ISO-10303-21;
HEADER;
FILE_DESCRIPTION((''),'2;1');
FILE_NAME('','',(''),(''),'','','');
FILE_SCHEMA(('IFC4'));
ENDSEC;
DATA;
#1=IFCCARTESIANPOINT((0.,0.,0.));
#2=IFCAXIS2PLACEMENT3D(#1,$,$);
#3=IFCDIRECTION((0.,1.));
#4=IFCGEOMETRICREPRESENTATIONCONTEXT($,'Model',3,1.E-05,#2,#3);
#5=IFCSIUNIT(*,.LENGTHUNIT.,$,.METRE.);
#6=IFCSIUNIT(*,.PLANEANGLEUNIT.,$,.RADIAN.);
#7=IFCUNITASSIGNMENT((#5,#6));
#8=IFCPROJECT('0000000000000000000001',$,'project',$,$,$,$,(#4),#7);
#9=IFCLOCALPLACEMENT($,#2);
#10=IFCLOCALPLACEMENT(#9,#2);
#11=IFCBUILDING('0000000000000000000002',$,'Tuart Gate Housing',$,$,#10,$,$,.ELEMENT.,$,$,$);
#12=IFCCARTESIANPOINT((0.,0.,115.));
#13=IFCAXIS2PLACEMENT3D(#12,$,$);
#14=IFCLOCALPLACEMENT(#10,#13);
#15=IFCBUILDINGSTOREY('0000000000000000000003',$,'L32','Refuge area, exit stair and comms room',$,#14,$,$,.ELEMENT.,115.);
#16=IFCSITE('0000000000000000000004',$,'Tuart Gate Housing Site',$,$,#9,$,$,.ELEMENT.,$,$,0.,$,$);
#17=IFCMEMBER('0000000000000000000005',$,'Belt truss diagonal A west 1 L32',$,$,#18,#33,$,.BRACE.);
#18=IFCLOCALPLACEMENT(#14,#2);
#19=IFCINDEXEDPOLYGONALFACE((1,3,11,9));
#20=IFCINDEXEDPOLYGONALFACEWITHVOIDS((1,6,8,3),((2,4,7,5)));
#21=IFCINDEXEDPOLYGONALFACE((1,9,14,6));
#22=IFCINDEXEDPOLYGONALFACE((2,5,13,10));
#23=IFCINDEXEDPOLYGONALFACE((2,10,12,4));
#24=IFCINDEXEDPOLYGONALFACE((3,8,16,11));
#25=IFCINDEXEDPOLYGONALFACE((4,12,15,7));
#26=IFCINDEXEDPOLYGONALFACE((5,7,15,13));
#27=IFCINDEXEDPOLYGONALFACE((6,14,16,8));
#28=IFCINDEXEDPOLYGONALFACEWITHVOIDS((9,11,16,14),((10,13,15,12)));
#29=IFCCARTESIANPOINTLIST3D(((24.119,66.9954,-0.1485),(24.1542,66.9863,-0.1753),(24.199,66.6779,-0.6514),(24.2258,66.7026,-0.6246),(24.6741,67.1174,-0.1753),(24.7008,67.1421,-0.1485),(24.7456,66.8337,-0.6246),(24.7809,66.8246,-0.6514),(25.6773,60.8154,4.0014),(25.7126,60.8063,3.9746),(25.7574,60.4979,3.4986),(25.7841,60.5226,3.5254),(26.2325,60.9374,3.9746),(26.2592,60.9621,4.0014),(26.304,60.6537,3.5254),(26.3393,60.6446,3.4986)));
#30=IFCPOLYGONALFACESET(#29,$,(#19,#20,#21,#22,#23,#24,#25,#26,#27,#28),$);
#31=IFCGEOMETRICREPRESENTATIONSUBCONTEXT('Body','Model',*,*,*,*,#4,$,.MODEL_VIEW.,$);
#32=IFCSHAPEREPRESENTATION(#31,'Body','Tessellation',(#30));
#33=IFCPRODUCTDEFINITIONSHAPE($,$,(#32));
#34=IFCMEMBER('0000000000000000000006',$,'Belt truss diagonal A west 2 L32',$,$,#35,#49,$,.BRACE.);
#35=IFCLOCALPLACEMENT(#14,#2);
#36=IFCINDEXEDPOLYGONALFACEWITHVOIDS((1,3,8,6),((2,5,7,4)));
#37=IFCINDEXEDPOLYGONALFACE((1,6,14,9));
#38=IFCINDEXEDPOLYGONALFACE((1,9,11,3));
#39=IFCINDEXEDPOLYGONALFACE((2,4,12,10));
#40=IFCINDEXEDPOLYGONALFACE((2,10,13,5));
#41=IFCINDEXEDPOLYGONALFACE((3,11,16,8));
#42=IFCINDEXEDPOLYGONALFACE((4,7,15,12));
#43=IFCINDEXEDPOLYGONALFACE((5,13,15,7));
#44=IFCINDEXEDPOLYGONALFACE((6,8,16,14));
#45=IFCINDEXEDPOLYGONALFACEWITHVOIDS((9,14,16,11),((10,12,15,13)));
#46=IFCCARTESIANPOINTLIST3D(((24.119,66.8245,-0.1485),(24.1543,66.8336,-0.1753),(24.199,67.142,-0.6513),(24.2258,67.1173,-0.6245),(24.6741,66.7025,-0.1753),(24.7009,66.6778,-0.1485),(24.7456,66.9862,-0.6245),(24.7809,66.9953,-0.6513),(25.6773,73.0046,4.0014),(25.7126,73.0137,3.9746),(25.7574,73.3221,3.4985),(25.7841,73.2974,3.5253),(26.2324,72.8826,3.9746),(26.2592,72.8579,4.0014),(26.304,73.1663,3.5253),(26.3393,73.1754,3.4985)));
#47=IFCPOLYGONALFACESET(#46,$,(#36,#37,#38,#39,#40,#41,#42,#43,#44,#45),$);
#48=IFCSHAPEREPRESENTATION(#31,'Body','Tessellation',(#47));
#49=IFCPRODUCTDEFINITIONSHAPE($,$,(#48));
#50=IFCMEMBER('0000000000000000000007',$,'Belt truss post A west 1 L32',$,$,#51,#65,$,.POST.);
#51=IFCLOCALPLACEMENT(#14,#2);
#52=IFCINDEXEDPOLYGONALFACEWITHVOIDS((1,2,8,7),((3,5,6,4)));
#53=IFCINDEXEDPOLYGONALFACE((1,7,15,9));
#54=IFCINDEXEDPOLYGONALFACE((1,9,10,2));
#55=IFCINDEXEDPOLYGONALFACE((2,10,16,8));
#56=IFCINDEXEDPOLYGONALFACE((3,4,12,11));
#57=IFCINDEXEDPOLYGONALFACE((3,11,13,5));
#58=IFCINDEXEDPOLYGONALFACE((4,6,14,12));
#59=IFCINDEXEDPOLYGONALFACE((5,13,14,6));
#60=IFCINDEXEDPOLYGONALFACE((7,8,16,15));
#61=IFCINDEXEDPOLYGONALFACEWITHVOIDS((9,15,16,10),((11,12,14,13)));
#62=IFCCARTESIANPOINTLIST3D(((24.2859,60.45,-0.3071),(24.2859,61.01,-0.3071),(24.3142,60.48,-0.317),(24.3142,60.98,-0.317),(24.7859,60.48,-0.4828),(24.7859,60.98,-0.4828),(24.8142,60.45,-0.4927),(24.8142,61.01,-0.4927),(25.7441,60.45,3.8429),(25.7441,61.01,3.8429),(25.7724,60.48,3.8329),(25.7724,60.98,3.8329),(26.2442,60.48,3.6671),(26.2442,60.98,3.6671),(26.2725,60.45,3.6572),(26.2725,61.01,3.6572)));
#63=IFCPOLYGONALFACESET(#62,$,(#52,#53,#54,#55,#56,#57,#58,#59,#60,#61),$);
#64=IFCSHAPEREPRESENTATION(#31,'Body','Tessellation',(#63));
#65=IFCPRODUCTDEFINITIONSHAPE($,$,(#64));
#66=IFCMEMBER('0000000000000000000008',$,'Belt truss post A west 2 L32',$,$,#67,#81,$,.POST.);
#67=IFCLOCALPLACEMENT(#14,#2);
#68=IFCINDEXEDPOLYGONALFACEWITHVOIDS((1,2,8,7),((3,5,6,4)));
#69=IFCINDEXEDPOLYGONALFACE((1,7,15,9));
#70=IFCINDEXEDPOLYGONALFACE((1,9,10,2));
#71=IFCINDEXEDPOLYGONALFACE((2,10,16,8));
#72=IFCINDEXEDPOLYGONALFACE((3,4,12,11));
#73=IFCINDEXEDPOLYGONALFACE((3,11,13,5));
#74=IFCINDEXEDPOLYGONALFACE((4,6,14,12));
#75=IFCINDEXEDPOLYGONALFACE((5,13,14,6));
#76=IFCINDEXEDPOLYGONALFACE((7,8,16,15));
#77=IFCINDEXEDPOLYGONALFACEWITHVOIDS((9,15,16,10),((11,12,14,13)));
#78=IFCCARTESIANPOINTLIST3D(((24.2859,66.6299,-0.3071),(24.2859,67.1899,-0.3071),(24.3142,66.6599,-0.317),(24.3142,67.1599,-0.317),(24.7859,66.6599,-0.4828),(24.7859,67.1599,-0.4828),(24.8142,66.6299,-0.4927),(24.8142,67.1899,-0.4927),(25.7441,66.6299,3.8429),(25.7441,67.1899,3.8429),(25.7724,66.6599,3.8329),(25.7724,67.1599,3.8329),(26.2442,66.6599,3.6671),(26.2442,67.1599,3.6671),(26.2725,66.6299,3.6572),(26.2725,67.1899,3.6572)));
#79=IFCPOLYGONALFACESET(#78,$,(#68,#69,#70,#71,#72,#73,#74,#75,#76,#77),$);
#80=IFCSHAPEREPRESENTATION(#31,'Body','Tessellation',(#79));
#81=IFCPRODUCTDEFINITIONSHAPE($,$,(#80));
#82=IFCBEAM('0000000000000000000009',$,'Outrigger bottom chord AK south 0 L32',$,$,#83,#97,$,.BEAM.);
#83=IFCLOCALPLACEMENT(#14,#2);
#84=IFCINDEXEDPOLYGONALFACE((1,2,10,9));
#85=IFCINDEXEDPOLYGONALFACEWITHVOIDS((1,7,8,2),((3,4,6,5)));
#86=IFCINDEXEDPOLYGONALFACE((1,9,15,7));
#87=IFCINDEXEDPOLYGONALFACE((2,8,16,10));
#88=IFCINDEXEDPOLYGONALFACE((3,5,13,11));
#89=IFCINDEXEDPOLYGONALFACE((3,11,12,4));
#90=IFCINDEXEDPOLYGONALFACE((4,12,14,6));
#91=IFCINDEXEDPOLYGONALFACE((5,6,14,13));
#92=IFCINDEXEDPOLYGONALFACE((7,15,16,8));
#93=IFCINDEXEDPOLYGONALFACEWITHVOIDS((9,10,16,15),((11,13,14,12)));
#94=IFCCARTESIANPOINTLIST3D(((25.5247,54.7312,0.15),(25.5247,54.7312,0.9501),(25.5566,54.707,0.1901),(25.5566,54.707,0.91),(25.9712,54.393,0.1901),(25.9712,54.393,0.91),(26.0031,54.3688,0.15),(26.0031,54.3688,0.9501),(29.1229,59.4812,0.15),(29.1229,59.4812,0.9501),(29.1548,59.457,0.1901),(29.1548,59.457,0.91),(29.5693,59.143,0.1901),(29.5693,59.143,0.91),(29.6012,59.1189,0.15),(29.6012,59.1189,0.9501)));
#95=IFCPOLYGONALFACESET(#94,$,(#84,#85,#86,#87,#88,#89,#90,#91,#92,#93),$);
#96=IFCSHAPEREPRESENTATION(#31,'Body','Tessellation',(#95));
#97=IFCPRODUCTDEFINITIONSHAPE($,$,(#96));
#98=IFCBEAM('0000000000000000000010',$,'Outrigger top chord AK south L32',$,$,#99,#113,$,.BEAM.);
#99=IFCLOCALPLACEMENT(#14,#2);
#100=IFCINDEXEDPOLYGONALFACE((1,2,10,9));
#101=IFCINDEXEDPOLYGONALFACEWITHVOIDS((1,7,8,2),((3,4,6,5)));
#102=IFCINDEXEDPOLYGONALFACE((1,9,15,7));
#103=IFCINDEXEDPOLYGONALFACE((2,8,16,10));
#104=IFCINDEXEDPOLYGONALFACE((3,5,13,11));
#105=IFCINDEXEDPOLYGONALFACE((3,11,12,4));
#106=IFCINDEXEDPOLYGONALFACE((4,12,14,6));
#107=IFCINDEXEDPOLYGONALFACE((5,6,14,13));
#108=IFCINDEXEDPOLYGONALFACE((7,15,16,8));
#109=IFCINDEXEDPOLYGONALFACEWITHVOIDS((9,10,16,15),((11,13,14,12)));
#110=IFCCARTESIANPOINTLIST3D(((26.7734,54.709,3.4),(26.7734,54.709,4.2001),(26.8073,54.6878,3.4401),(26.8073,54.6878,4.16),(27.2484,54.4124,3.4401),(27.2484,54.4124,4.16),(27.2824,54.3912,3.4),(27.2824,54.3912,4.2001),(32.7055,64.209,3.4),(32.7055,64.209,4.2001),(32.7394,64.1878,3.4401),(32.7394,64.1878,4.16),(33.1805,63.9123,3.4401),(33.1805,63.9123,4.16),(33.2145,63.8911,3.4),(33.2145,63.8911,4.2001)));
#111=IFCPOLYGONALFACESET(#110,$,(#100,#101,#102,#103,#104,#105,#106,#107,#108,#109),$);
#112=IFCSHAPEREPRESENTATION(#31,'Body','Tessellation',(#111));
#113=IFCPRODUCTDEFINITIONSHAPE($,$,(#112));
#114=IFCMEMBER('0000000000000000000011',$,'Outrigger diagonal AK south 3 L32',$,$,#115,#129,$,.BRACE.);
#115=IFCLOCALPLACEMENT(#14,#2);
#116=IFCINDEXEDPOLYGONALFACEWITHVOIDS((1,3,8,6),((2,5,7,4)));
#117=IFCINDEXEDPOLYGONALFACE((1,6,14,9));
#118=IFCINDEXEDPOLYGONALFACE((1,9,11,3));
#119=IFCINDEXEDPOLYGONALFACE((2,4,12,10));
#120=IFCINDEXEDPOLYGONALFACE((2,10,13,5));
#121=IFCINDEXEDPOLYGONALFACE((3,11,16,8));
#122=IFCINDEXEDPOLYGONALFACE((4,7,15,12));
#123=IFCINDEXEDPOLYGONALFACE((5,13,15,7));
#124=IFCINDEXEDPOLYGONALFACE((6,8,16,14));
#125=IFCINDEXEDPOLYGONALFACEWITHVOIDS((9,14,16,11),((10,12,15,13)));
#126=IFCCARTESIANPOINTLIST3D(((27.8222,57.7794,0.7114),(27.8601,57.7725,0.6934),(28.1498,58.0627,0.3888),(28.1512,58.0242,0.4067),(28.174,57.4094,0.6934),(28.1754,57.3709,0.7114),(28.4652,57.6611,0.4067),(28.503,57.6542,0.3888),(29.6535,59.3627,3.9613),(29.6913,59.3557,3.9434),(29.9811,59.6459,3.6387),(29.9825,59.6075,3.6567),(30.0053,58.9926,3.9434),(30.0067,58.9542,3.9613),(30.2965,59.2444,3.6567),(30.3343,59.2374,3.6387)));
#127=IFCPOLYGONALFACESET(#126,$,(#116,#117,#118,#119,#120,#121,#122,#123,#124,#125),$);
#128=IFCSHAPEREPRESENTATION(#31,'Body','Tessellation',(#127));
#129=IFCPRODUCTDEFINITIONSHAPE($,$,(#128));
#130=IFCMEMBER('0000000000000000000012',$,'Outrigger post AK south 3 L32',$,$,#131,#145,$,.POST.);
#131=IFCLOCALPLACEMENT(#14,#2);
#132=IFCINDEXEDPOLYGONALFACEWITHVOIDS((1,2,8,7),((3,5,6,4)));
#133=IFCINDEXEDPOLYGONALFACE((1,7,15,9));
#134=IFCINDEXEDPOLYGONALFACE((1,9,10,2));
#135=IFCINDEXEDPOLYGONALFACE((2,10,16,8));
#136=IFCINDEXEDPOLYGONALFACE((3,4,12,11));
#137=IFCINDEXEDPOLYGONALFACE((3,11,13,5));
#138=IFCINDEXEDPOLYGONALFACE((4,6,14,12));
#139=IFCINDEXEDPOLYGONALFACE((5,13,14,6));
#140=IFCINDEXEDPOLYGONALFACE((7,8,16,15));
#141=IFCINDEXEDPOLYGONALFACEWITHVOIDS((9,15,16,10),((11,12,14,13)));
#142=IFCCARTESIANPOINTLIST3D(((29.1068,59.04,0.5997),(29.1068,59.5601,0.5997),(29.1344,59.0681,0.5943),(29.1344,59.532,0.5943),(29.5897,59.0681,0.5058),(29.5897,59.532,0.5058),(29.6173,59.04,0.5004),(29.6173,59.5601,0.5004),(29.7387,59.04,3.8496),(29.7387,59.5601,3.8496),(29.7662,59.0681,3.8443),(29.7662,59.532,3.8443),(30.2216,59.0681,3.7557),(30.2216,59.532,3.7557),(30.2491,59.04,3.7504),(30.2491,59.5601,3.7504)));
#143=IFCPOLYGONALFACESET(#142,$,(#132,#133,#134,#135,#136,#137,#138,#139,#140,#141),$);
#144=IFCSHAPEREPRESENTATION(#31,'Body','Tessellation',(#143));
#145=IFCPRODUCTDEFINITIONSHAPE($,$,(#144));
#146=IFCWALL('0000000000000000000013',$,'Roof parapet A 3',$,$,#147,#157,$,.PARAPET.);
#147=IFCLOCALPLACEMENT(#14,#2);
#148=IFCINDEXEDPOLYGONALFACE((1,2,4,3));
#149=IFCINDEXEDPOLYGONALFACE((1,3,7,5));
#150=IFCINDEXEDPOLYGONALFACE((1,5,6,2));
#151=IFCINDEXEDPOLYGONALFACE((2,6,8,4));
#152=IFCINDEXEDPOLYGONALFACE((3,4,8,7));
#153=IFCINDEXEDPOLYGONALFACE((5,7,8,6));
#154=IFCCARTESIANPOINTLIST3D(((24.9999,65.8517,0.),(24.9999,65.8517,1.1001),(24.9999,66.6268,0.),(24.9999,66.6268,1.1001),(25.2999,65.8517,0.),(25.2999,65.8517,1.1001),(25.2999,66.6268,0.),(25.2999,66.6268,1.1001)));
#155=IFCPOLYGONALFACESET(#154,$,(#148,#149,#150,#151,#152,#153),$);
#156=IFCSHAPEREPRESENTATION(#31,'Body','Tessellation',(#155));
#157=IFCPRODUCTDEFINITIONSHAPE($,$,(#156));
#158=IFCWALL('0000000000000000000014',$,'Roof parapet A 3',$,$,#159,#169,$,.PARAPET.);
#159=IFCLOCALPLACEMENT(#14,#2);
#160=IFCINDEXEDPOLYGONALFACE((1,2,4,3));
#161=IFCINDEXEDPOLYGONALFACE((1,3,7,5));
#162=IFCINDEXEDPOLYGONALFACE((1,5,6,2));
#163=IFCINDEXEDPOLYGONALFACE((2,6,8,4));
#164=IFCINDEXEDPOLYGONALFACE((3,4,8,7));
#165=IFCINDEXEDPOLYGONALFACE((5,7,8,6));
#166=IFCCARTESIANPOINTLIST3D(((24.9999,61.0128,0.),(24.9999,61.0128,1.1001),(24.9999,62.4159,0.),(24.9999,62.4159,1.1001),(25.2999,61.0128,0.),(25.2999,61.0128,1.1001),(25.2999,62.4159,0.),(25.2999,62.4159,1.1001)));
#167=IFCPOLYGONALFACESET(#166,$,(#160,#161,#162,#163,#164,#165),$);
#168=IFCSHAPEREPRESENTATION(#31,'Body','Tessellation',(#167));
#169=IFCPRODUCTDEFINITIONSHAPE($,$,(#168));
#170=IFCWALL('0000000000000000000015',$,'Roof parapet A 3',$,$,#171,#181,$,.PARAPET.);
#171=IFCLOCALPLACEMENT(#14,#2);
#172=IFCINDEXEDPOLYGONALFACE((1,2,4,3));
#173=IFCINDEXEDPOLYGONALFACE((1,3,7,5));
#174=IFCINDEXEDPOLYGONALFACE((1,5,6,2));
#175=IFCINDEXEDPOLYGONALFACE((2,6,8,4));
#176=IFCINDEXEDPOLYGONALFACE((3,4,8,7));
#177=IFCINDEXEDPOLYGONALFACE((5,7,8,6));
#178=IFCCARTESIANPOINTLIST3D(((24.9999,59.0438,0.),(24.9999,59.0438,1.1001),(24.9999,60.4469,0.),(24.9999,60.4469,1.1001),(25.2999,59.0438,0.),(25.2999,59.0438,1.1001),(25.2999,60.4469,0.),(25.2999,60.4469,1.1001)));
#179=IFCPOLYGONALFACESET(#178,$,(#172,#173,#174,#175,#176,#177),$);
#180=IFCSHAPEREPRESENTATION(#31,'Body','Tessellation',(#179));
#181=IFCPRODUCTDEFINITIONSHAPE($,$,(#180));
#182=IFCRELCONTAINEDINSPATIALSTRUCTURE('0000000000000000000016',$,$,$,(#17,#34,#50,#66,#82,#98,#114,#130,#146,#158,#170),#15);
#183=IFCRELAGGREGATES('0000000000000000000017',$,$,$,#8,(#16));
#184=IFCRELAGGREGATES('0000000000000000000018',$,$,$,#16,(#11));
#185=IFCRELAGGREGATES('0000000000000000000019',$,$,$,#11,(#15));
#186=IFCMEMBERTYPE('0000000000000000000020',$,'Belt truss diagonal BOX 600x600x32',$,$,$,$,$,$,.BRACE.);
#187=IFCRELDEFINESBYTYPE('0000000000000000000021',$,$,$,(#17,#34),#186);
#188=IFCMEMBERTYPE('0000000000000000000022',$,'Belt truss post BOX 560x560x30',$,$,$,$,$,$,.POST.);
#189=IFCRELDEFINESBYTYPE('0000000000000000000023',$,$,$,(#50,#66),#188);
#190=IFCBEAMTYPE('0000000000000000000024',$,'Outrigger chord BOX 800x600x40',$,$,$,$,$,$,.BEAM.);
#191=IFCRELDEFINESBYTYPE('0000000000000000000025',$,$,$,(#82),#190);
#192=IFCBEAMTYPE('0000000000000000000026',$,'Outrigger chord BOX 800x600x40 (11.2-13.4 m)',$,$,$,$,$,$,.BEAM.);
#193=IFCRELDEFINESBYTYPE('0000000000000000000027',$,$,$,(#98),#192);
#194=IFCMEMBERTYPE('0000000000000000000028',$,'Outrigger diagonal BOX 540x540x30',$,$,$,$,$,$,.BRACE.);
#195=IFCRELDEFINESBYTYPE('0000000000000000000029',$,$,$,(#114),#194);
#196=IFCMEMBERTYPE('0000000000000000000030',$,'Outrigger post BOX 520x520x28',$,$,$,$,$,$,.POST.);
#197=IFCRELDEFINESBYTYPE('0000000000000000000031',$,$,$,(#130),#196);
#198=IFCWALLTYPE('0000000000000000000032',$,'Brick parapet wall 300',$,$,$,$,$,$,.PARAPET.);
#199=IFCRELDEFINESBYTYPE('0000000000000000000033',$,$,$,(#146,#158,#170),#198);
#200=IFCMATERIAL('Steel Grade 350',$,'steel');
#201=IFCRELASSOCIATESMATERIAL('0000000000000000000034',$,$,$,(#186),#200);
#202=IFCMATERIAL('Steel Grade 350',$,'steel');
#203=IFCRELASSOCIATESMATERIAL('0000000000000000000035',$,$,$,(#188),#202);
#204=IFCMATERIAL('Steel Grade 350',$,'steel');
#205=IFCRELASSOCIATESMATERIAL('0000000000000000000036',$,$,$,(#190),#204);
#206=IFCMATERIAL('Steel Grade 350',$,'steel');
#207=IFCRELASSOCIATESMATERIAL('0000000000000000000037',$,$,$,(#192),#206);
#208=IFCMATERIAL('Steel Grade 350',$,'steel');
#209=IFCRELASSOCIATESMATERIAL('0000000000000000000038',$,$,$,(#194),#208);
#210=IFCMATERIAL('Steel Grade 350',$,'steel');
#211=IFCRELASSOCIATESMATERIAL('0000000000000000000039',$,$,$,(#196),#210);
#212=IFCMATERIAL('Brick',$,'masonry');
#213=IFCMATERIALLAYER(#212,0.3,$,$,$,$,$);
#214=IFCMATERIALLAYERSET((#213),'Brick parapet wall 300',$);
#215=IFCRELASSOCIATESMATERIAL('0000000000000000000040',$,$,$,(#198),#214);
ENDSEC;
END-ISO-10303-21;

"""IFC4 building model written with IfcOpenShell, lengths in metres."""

from ifc_helpers import new_model, si_unit, direction, frame, frame_2d, origin, origin_2d, place, context, subcontext, project, spatial, rectangle, hollow_rectangle, extrude, material, layer, layer_set, material_profile, profile_set, type_object, element, save


model = new_model("IFC4")

# Units and contexts
model_context = context("Model", 3, precision=1e-05, world=origin(), true_north=direction((0.0, 1.0)))
body_context = subcontext(model_context, "Body", "Model", "MODEL_VIEW")
ifc_project = project(units=[si_unit("LENGTHUNIT", "METRE"), si_unit("PLANEANGLEUNIT", "RADIAN")], contexts=[model_context])

# Site, building, storey
site_placement = place(None, origin())
site = spatial("IfcSite", under=ifc_project, at=site_placement, Name="Tuart Gate Housing Site", CompositionType="ELEMENT", RefElevation=0.0)
building_placement = place(site_placement, origin())
building = spatial("IfcBuilding", under=site, at=building_placement, Name="Tuart Gate Housing", CompositionType="ELEMENT")
storey_placement = place(building_placement, frame((0.0, 0.0, 115.0)))
storey = spatial("IfcBuildingStorey", under=building, at=storey_placement, Name="L32", Description="Refuge area, exit stair and comms room", CompositionType="ELEMENT", Elevation=115.0)

# Members
ifc_material_1 = material(Name="Steel Grade 350", Category="steel")
ifc_material_profile_1 = material_profile(ifc_material_1, hollow_rectangle(XDim=0.6001, YDim=0.6001, WallThickness=0.032, at=origin_2d()), Name="BOX 600x600x32")
ifc_profile_set_1 = profile_set([ifc_material_profile_1], Name="Steel Grade 350")
member_type_1 = type_object("IfcMemberType", Name="Belt truss diagonal BOX 600x600x32", PredefinedType="BRACE", material=ifc_profile_set_1)
for number, where, z_axis, x_axis, name in (
    (1, (26.0083, 60.73, 3.75), (-0.204901, 0.812574, -0.545654), (-0.969647, -0.244509, 0.0), "Belt truss diagonal A west 1 L32"),
    (2, (24.45, 66.9099, -0.3999), (0.204896, 0.812585, 0.54564), (-0.969649, 0.2445, 0.0), "Belt truss diagonal A west 2 L32"),
):
    element("IfcMember", number, at=place(storey_placement, frame(where, z_axis=z_axis, x_axis=x_axis)), inside=storey, type_object=member_type_1, Name=name, PredefinedType="BRACE", context=body_context, shape_type="SweptSolid", body=[
        extrude(hollow_rectangle(XDim=0.6001, YDim=0.6001, WallThickness=0.032, at=origin_2d()), origin(), (0.0, 0.0, 1.0), 7.6055),
    ])
ifc_material_2 = material(Name="Steel Grade 350", Category="steel")
ifc_material_profile_2 = material_profile(ifc_material_2, hollow_rectangle(XDim=0.5601, YDim=0.5601, WallThickness=0.03, at=origin_2d()), Name="BOX 560x560x30")
ifc_profile_set_2 = profile_set([ifc_material_profile_2], Name="Steel Grade 350")
member_type_2 = type_object("IfcMemberType", Name="Belt truss post BOX 560x560x30", PredefinedType="POST", material=ifc_profile_set_2)
for number, where, z_axis, x_axis, name in (
    (3, (24.55, 60.73, -0.3999), (0.331522, 0.0, 0.943447), (0.0, 1.0, 0.0), "Belt truss post A west 1 L32"),
    (4, (24.55, 66.9099, -0.3999), (0.331522, 0.0, 0.943447), (0.0, 1.0, 0.0), "Belt truss post A west 2 L32"),
):
    element("IfcMember", number, at=place(storey_placement, frame(where, z_axis=z_axis, x_axis=x_axis)), inside=storey, type_object=member_type_2, Name=name, PredefinedType="POST", context=body_context, shape_type="SweptSolid", body=[
        extrude(hollow_rectangle(XDim=0.5601, YDim=0.5601, WallThickness=0.03, at=origin_2d()), origin(), (0.0, 0.0, 1.0), 4.3987),
    ])

# Beams
ifc_material_3 = material(Name="Steel Grade 350", Category="steel")
ifc_material_profile_3 = material_profile(ifc_material_3, hollow_rectangle(XDim=0.6001, YDim=0.8, WallThickness=0.04, at=origin_2d()), Name="BOX 800x600x40")
ifc_profile_set_3 = profile_set([ifc_material_profile_3], Name="Steel Grade 350")
beam_type_1 = type_object("IfcBeamType", Name="Outrigger chord BOX 800x600x40", PredefinedType="BEAM", material=ifc_profile_set_3)
beam_1_placement = place(storey_placement, frame((29.3621, 59.3, 0.55), z_axis=(-0.603821, -0.79712, 0.0), x_axis=(0.79712, -0.603821, 0.0)))
element("IfcBeam", 5, at=beam_1_placement, inside=storey, type_object=beam_type_1, Name="Outrigger bottom chord AK south 0 L32", PredefinedType="BEAM", context=body_context, shape_type="SweptSolid", body=[
    extrude(hollow_rectangle(XDim=0.6001, YDim=0.8, WallThickness=0.04, at=origin_2d()), origin(), (0.0, 0.0, 1.0), 5.959),
])
ifc_material_4 = material(Name="Steel Grade 350", Category="steel")
ifc_material_profile_4 = material_profile(ifc_material_4, hollow_rectangle(XDim=0.6001, YDim=0.8, WallThickness=0.04, at=origin_2d()), Name="BOX 800x600x40")
ifc_profile_set_4 = profile_set([ifc_material_profile_4], Name="Steel Grade 350")
beam_type_2 = type_object("IfcBeamType", Name="Outrigger chord BOX 800x600x40 (11.2-13.4 m)", PredefinedType="BEAM", material=ifc_profile_set_4)
beam_2_placement = place(storey_placement, frame((32.96, 64.05, 3.8), z_axis=(-0.529654, -0.848214, 0.0), x_axis=(0.848214, -0.529654, 0.0)))
element("IfcBeam", 6, at=beam_2_placement, inside=storey, type_object=beam_type_2, Name="Outrigger top chord AK south L32", PredefinedType="BEAM", context=body_context, shape_type="SweptSolid", body=[
    extrude(hollow_rectangle(XDim=0.6001, YDim=0.8, WallThickness=0.04, at=origin_2d()), origin(), (0.0, 0.0, 1.0), 11.2),
])

# Members
ifc_material_5 = material(Name="Steel Grade 350", Category="steel")
ifc_material_profile_5 = material_profile(ifc_material_5, hollow_rectangle(XDim=0.54, YDim=0.54, WallThickness=0.03, at=origin_2d()), Name="BOX 540x540x30")
ifc_profile_set_5 = profile_set([ifc_material_profile_5], Name="Steel Grade 350")
member_type_3 = type_object("IfcMemberType", Name="Outrigger diagonal BOX 540x540x30", PredefinedType="BRACE", material=ifc_profile_set_5)
member_1_placement = place(storey_placement, frame((29.9939, 59.3, 3.8), z_axis=(-0.451892, -0.390684, -0.801972), x_axis=(0.654016, -0.75648, 0.0)))
element("IfcMember", 7, at=member_1_placement, inside=storey, type_object=member_type_3, Name="Outrigger diagonal AK south 3 L32", PredefinedType="BRACE", context=body_context, shape_type="SweptSolid", body=[
    extrude(hollow_rectangle(XDim=0.54, YDim=0.54, WallThickness=0.03, at=origin_2d()), origin(), (0.0, 0.0, 1.0), 4.0525),
])
ifc_material_6 = material(Name="Steel Grade 350", Category="steel")
ifc_material_profile_6 = material_profile(ifc_material_6, hollow_rectangle(XDim=0.52, YDim=0.52, WallThickness=0.0281, at=origin_2d()), Name="BOX 520x520x28")
ifc_profile_set_6 = profile_set([ifc_material_profile_6], Name="Steel Grade 350")
member_type_4 = type_object("IfcMemberType", Name="Outrigger post BOX 520x520x28", PredefinedType="POST", material=ifc_profile_set_6)
member_2_placement = place(storey_placement, frame((29.3621, 59.3, 0.55), z_axis=(0.190838, 0.0, 0.981622), x_axis=(0.0, 1.0, 0.0)))
element("IfcMember", 8, at=member_2_placement, inside=storey, type_object=member_type_4, Name="Outrigger post AK south 3 L32", PredefinedType="POST", context=body_context, shape_type="SweptSolid", body=[
    extrude(hollow_rectangle(XDim=0.52, YDim=0.52, WallThickness=0.0281, at=origin_2d()), origin(), (0.0, 0.0, 1.0), 3.3108),
])

# Walls
ifc_material_7 = material(Name="Brick", Category="masonry")
ifc_layer_1 = layer(ifc_material_7, 0.3)
ifc_layer_set_1 = layer_set([ifc_layer_1], Name="Brick parapet wall 300")
wall_type_1 = type_object("IfcWallType", Name="Brick parapet wall 300", PredefinedType="PARAPET", material=ifc_layer_set_1)
wall_1_placement = place(storey_placement, frame((25.1499, 66.627, 0.0), z_axis=(0.0, 0.0, 1.0), x_axis=(0.0, -1.0, 0.0)))
element("IfcWall", 9, at=wall_1_placement, inside=storey, type_object=wall_type_1, Name="Roof parapet A 3", PredefinedType="PARAPET", context=body_context, shape_type="SweptSolid", body=[
    extrude(rectangle(XDim=0.7751, YDim=0.3, at=frame_2d((0.3877, 0.0))), origin(), (0.0, 0.0, 1.0), 1.1001),
])
for number, where, z_axis, x_axis, name in (
    (10, (25.1499, 62.416, 0.0), (0.0, 0.0, 1.0), (0.0, -1.0, 0.0), "Roof parapet A 3"),
    (11, (25.1499, 60.447, 0.0), (0.0, 0.0, 1.0), (0.0, -1.0, 0.0), "Roof parapet A 3"),
):
    element("IfcWall", number, at=place(storey_placement, frame(where, z_axis=z_axis, x_axis=x_axis)), inside=storey, type_object=wall_type_1, Name=name, PredefinedType="PARAPET", context=body_context, shape_type="SweptSolid", body=[
        extrude(rectangle(XDim=1.4031, YDim=0.3, at=frame_2d((0.7017, 0.0))), origin(), (0.0, 0.0, 1.0), 1.1001),
    ])

save(model, "model.ifc")
